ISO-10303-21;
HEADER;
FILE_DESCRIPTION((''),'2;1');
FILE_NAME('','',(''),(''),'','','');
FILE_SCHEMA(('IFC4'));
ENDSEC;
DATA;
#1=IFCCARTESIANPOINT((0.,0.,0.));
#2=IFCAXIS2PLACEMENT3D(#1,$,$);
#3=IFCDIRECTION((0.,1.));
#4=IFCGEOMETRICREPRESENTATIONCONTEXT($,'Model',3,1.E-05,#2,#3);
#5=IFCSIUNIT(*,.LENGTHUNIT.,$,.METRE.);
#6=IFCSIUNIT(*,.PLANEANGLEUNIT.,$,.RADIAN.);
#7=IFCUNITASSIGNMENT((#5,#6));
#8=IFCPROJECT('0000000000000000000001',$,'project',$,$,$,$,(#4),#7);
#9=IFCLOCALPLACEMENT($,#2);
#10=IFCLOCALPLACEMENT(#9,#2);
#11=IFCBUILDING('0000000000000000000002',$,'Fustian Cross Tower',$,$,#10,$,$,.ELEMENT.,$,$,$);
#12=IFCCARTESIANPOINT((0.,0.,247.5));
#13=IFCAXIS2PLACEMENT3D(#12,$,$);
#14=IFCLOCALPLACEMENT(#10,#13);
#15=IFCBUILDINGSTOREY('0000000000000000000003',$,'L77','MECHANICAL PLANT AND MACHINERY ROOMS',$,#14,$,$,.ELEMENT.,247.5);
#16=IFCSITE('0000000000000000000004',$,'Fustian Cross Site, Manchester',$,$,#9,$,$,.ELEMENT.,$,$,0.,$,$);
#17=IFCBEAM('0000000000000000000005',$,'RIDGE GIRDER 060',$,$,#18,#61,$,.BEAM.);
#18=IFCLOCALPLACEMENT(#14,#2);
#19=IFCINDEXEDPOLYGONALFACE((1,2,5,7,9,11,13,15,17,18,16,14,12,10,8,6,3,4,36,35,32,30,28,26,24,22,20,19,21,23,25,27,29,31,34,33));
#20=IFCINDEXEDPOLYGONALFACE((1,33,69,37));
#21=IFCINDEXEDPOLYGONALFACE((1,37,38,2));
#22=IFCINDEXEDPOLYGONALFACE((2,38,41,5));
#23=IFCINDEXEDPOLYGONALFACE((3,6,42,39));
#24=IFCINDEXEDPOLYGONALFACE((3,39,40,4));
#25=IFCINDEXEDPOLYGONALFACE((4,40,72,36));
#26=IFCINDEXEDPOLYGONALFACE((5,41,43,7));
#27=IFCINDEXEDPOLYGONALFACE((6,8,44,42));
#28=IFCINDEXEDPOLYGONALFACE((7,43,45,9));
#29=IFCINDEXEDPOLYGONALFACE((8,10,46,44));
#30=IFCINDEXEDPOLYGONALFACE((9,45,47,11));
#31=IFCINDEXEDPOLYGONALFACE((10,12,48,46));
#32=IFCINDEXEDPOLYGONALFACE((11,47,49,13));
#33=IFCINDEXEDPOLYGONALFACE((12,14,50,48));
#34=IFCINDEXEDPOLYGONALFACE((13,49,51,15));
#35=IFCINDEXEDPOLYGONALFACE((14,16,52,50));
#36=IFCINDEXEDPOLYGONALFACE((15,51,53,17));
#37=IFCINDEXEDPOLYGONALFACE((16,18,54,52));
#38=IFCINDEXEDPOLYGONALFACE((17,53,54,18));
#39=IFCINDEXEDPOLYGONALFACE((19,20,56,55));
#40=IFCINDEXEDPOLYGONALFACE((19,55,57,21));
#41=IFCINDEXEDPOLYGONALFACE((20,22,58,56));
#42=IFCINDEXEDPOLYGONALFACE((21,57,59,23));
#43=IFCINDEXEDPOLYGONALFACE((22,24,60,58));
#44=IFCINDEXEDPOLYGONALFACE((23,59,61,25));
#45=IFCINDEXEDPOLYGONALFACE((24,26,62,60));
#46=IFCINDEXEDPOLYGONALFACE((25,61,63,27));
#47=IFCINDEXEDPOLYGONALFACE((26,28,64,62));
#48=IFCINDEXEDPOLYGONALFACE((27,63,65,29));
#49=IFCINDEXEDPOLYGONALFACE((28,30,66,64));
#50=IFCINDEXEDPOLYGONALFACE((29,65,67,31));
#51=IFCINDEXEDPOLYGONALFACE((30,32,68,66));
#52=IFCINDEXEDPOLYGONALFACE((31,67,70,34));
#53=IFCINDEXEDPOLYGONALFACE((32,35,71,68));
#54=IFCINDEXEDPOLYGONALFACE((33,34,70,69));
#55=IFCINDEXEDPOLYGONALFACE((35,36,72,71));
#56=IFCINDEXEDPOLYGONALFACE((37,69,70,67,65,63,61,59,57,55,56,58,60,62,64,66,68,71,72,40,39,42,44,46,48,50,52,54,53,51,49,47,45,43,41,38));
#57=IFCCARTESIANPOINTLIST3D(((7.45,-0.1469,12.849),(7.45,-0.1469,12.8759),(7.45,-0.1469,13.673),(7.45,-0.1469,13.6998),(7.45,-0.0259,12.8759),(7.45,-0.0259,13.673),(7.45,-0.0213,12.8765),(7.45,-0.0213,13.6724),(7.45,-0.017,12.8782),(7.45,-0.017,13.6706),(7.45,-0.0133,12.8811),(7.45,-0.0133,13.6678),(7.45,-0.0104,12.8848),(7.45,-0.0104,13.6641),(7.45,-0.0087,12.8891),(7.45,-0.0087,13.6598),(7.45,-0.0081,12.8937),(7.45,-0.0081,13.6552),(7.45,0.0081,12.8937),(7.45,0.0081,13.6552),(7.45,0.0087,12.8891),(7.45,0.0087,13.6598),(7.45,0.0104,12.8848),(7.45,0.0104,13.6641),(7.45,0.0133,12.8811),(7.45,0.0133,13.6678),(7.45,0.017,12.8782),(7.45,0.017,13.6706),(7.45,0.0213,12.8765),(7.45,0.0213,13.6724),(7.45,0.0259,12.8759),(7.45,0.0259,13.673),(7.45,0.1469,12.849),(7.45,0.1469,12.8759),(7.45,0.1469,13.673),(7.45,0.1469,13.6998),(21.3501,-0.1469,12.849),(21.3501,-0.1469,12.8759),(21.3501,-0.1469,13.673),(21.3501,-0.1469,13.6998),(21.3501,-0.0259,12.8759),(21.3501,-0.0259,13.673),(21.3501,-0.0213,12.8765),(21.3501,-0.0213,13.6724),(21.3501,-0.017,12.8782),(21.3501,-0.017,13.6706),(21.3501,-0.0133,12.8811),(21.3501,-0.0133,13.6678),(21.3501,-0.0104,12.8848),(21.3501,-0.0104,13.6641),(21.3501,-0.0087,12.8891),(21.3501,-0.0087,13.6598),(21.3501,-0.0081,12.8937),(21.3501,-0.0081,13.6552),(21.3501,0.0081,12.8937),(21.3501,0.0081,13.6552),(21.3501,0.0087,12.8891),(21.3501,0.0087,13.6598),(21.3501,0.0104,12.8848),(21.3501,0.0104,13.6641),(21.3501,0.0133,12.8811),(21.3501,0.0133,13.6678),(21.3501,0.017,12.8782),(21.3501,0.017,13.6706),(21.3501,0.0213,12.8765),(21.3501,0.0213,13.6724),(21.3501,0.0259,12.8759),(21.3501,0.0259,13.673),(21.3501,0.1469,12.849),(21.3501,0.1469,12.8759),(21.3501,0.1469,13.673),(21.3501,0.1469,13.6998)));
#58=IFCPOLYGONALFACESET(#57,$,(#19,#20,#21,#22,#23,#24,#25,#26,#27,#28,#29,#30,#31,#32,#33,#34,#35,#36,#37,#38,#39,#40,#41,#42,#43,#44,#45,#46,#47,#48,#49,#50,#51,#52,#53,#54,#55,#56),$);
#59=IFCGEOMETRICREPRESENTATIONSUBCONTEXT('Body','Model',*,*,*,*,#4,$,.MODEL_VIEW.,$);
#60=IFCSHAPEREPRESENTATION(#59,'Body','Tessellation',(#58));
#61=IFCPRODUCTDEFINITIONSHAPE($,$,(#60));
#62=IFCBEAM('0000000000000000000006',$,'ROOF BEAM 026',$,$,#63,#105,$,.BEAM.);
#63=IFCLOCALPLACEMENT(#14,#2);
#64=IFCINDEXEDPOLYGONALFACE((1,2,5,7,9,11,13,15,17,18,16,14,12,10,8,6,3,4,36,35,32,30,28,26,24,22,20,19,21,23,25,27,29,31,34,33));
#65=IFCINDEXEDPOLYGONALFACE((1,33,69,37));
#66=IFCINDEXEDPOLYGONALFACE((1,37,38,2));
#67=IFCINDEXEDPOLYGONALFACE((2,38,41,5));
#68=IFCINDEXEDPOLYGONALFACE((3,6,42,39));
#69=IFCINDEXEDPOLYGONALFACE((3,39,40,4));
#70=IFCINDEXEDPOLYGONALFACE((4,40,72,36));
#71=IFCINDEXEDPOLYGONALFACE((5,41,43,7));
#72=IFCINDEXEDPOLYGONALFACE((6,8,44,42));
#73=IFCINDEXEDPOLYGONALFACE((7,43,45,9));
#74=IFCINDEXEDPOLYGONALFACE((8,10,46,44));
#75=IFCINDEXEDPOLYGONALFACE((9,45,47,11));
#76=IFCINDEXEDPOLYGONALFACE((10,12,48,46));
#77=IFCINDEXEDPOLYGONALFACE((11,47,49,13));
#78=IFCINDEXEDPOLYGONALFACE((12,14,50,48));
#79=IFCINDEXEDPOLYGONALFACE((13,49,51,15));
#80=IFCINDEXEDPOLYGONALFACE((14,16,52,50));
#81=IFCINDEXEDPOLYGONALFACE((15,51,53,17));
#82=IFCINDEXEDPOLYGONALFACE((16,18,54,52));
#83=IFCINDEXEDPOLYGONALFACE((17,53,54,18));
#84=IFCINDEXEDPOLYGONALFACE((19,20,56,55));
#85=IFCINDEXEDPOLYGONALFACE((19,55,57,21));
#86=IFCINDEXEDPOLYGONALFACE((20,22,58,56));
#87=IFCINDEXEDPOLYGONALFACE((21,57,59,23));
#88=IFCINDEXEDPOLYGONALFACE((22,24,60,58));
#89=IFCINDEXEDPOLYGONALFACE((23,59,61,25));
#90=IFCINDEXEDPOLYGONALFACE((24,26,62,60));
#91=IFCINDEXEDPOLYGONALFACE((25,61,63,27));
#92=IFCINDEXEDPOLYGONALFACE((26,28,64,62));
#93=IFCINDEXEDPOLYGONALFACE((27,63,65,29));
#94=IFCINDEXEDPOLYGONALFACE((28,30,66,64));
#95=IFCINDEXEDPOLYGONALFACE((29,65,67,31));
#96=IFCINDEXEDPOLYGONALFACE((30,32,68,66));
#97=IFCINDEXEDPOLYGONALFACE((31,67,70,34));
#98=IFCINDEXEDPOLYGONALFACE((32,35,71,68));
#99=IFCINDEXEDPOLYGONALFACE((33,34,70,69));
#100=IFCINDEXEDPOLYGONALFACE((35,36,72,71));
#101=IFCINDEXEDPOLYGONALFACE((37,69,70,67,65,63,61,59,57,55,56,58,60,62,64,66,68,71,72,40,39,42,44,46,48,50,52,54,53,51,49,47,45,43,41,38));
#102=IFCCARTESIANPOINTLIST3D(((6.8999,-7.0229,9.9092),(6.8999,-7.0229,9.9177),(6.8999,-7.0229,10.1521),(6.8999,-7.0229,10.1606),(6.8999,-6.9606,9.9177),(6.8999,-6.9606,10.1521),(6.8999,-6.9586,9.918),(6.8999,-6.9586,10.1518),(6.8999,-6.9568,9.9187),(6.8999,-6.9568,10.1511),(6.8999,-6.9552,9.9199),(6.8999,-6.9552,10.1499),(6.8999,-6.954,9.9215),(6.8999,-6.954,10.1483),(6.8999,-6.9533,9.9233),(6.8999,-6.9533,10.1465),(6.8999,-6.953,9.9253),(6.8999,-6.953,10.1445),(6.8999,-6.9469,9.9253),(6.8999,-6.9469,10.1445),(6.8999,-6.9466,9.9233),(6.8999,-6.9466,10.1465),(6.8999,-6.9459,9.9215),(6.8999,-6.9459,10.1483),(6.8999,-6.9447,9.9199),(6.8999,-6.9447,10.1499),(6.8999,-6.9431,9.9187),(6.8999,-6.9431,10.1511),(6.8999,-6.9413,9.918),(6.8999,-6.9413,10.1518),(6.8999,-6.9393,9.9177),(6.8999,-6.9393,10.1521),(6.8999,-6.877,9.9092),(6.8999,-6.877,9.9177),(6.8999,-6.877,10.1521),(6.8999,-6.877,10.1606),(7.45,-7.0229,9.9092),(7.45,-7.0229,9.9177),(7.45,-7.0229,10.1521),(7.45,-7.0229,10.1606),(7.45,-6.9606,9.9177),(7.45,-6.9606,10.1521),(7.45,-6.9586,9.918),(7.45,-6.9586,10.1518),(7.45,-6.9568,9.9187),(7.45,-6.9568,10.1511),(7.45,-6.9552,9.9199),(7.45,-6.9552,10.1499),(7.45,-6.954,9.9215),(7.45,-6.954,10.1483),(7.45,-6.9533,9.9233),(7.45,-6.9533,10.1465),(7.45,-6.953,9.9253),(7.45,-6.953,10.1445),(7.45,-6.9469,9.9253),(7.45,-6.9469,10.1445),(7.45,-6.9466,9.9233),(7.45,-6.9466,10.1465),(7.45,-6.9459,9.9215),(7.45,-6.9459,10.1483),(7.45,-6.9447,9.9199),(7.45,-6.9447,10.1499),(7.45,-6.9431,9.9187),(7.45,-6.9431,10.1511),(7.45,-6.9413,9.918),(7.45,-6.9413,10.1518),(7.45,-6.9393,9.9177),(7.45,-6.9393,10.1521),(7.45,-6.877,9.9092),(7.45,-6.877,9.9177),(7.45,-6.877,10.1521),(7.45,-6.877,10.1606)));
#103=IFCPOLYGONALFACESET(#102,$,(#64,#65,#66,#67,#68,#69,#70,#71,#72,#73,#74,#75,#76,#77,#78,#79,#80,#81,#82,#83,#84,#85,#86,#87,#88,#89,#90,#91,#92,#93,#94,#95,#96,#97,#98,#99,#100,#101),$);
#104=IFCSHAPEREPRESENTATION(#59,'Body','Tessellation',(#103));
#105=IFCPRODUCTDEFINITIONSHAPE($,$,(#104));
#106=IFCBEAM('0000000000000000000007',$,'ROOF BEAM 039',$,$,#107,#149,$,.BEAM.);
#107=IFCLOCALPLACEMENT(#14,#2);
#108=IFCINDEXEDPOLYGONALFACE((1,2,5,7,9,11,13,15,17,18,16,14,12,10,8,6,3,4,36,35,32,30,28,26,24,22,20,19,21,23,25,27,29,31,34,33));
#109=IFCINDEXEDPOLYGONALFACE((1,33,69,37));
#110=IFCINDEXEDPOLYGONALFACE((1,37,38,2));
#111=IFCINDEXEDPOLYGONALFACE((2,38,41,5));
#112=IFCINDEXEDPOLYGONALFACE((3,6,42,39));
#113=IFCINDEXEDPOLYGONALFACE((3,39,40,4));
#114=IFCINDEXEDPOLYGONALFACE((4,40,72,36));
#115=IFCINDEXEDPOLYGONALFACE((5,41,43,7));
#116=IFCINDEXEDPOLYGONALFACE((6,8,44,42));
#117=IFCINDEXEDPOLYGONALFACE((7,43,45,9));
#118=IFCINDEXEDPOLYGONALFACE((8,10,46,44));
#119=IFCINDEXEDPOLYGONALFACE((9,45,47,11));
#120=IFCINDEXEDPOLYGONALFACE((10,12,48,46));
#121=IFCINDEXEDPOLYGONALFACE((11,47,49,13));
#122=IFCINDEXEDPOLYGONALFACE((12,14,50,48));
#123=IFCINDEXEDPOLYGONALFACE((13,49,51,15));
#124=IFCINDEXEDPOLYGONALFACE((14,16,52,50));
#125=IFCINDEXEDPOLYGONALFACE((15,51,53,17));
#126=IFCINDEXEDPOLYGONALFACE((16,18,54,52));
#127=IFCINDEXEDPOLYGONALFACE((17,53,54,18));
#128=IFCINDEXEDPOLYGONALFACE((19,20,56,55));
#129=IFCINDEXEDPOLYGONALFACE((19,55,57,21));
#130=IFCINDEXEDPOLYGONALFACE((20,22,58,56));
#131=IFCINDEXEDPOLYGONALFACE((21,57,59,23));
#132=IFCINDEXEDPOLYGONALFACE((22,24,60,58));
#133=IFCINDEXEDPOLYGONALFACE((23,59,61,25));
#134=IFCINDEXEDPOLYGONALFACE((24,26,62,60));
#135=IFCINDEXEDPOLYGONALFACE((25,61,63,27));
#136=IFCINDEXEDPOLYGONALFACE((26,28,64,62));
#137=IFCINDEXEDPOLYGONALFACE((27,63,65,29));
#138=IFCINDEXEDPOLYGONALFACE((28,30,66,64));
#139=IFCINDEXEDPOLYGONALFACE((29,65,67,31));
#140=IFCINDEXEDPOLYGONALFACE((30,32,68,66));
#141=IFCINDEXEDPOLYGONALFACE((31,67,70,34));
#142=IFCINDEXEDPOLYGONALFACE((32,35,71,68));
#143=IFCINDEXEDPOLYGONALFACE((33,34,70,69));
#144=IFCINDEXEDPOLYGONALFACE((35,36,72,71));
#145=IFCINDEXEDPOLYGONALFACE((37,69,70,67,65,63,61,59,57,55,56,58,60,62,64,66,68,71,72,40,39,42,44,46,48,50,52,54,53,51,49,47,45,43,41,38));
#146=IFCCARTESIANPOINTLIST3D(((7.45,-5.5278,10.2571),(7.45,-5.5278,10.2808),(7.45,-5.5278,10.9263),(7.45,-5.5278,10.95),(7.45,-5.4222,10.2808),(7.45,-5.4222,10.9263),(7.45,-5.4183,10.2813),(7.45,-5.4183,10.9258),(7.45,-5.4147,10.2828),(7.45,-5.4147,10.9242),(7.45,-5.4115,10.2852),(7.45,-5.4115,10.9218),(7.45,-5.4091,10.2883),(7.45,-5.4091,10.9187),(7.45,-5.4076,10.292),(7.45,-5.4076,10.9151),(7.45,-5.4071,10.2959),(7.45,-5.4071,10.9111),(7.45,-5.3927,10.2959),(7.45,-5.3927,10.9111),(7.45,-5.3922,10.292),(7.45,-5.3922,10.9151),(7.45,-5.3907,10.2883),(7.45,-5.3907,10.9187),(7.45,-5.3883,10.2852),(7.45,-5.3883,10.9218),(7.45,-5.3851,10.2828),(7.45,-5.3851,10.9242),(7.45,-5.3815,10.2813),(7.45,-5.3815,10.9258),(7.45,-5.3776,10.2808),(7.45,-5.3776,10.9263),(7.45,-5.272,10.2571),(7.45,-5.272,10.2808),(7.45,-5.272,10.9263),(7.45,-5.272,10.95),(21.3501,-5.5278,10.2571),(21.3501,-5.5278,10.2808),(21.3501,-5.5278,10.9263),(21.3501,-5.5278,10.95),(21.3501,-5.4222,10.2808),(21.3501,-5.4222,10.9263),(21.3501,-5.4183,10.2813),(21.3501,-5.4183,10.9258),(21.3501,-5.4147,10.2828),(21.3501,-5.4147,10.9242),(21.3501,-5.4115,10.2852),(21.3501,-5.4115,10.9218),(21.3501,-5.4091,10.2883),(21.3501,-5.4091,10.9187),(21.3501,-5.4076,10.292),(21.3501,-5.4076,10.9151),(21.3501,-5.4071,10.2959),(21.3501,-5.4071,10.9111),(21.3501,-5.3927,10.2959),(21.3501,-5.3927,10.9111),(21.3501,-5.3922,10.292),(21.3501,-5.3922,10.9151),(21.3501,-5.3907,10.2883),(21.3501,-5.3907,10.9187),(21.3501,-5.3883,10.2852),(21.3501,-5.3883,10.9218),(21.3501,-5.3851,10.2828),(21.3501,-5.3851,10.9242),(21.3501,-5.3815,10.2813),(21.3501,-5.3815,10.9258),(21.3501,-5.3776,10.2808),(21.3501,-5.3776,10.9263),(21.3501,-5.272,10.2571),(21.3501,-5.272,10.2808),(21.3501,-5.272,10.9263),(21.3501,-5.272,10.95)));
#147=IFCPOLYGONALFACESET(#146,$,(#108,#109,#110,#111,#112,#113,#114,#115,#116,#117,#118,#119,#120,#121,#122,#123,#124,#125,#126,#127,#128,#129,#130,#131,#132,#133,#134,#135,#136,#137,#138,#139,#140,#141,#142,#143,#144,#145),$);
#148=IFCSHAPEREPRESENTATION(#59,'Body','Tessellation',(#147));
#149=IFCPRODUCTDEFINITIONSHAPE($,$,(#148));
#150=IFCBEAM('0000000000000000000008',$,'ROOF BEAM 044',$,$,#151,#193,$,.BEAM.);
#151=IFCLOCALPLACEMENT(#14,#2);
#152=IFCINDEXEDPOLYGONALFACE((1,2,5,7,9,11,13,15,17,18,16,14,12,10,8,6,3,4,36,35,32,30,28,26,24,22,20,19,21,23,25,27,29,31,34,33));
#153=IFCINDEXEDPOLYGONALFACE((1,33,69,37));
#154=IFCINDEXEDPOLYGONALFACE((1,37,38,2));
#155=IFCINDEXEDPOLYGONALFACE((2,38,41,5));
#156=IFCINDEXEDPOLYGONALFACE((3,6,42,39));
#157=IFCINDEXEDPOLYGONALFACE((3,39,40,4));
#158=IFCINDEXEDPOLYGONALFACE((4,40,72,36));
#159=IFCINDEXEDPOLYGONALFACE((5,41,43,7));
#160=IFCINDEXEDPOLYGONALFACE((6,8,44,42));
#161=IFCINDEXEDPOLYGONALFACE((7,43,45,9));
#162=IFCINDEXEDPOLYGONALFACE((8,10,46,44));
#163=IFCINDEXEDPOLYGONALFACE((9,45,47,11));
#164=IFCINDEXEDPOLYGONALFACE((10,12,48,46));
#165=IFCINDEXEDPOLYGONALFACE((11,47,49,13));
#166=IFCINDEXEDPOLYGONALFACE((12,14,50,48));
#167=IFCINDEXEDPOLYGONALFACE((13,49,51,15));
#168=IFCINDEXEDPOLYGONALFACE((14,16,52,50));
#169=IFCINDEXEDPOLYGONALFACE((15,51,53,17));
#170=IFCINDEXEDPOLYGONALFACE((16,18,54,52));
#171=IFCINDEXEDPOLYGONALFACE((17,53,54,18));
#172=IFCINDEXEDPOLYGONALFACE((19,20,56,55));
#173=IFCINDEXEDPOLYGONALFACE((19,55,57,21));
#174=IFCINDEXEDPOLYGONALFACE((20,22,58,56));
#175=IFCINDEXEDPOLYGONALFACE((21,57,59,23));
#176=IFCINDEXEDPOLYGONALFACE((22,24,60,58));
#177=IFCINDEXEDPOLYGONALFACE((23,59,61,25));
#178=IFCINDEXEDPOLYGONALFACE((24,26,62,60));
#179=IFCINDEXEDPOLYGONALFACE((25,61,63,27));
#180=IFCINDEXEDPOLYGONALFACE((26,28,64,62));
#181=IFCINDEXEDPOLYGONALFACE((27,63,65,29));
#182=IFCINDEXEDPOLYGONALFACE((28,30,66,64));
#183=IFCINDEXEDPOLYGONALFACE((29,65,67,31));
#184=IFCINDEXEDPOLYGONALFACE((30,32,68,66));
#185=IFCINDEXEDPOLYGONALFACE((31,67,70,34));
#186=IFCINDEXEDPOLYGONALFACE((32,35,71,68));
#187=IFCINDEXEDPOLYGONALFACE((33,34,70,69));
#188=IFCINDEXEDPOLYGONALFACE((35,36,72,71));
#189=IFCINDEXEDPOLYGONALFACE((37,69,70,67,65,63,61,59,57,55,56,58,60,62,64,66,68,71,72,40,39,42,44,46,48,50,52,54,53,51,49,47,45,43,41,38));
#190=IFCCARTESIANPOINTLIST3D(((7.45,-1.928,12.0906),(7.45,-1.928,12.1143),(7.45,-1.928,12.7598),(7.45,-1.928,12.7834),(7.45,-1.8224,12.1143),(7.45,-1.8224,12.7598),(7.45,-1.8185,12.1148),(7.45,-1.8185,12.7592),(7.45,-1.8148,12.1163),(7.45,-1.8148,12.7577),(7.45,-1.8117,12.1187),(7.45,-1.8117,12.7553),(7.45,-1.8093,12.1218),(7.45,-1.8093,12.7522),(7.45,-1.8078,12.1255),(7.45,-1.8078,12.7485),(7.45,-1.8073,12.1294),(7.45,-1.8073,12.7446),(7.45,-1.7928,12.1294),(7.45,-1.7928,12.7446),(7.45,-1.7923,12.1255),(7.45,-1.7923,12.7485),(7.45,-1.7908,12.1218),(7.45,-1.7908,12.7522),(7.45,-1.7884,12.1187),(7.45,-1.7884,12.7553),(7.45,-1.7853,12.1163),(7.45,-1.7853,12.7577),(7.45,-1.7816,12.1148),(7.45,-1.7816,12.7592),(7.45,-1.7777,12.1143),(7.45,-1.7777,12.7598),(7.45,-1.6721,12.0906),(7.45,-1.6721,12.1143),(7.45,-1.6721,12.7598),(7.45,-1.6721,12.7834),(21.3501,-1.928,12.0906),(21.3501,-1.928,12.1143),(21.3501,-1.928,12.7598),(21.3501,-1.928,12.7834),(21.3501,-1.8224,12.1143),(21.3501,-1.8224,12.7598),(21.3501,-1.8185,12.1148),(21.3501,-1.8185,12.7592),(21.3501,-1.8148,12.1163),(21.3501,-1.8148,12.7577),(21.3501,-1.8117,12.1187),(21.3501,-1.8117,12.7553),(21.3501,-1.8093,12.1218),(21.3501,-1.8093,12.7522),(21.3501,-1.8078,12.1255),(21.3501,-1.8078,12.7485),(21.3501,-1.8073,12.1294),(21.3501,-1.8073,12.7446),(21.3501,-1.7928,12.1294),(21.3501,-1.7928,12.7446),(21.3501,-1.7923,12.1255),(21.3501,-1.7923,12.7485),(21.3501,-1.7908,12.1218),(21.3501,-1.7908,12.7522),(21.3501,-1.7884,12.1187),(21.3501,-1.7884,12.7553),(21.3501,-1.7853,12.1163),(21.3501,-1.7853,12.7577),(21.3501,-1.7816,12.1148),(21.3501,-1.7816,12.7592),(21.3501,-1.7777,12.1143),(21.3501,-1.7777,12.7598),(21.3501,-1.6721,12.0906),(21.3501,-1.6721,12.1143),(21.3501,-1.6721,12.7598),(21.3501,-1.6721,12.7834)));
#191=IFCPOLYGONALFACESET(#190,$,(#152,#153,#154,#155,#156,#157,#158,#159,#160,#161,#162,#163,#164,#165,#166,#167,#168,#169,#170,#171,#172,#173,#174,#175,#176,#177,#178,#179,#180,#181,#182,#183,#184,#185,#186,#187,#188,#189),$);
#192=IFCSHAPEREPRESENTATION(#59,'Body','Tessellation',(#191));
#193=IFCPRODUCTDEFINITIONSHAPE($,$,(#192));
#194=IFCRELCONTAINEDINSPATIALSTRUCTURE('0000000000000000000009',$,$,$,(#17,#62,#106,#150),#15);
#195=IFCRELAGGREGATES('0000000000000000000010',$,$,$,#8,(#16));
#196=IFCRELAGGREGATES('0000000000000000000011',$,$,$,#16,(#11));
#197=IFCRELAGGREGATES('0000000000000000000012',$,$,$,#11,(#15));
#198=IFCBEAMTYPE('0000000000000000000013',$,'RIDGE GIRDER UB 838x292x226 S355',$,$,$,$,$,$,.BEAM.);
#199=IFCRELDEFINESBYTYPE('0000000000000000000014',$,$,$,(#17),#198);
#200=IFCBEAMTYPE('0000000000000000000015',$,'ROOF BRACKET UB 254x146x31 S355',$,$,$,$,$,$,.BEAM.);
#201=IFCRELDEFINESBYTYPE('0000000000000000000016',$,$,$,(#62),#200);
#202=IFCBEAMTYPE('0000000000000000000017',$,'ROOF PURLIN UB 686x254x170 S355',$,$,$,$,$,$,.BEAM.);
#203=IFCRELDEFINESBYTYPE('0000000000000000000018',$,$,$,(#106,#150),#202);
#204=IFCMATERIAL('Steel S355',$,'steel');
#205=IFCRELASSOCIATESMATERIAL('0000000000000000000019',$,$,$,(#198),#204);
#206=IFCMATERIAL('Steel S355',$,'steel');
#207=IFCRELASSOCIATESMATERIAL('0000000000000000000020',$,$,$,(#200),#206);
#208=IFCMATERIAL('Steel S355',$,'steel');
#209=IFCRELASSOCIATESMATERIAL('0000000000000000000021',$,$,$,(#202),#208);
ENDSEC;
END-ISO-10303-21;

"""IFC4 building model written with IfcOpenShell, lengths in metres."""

from ifc_helpers import new_model, si_unit, direction, frame, origin, origin_2d, place, context, subcontext, project, spatial, i_section, extrude, material, material_profile, profile_set, type_object, element, save


model = new_model("IFC4")

# Units and contexts
model_context = context("Model", 3, precision=1e-05, world=origin(), true_north=direction((0.0, 1.0)))
body_context = subcontext(model_context, "Body", "Model", "MODEL_VIEW")
ifc_project = project(units=[si_unit("LENGTHUNIT", "METRE"), si_unit("PLANEANGLEUNIT", "RADIAN")], contexts=[model_context])

# Site, building, storey
site_placement = place(None, origin())
site = spatial("IfcSite", under=ifc_project, at=site_placement, Name="Fustian Cross Site, Manchester", CompositionType="ELEMENT", RefElevation=0.0)
building_placement = place(site_placement, origin())
building = spatial("IfcBuilding", under=site, at=building_placement, Name="Fustian Cross Tower", CompositionType="ELEMENT")
storey_placement = place(building_placement, frame((0.0, 0.0, 247.5)))
storey = spatial("IfcBuildingStorey", under=building, at=storey_placement, Name="L77", Description="MECHANICAL PLANT AND MACHINERY ROOMS", CompositionType="ELEMENT", Elevation=247.5)

# Beams
ifc_material_1 = material(Name="Steel S355", Category="steel")
ifc_material_profile_1 = material_profile(ifc_material_1, i_section(OverallWidth=0.2937, OverallDepth=0.8508, WebThickness=0.0161, FlangeThickness=0.0269, FilletRadius=0.0178, at=origin_2d()), Name="UB 838x292x226")
ifc_profile_set_1 = profile_set([ifc_material_profile_1], Name="Steel S355")
beam_type_1 = type_object("IfcBeamType", Name="RIDGE GIRDER UB 838x292x226 S355", PredefinedType="BEAM", material=ifc_profile_set_1)
beam_1_placement = place(storey_placement, frame((7.45, 0.0, 13.2744), z_axis=(1.0, 0.0, 0.0), x_axis=(0.0, 1.0, 0.0)))
element("IfcBeam", 1, at=beam_1_placement, inside=storey, type_object=beam_type_1, Name="RIDGE GIRDER 060", PredefinedType="BEAM", context=body_context, shape_type="SweptSolid", body=[
    extrude(i_section(OverallWidth=0.2937, OverallDepth=0.8508, WebThickness=0.0161, FlangeThickness=0.0269, FilletRadius=0.0178, at=origin_2d()), origin(), (0.0, 0.0, 1.0), 13.9001),
])
ifc_material_2 = material(Name="Steel S355", Category="steel")
ifc_material_profile_2 = material_profile(ifc_material_2, i_section(OverallWidth=0.146, OverallDepth=0.2515, WebThickness=0.0061, FlangeThickness=0.0085, FilletRadius=0.0076, at=origin_2d()), Name="UB 254x146x31")
ifc_profile_set_2 = profile_set([ifc_material_profile_2], Name="Steel S355")
beam_type_2 = type_object("IfcBeamType", Name="ROOF BRACKET UB 254x146x31 S355", PredefinedType="BEAM", material=ifc_profile_set_2)
beam_2_placement = place(storey_placement, frame((6.8999, -6.95, 10.0349), z_axis=(1.0, 0.0, 0.0), x_axis=(0.0, 1.0, 0.0)))
element("IfcBeam", 2, at=beam_2_placement, inside=storey, type_object=beam_type_2, Name="ROOF BEAM 026", PredefinedType="BEAM", context=body_context, shape_type="SweptSolid", body=[
    extrude(i_section(OverallWidth=0.146, OverallDepth=0.2515, WebThickness=0.0061, FlangeThickness=0.0085, FilletRadius=0.0076, at=origin_2d()), origin(), (0.0, 0.0, 1.0), 0.55),
])
ifc_material_3 = material(Name="Steel S355", Category="steel")
ifc_material_profile_3 = material_profile(ifc_material_3, i_section(OverallWidth=0.2559, OverallDepth=0.6929, WebThickness=0.0144, FlangeThickness=0.0237, FilletRadius=0.0151, at=origin_2d()), Name="UB 686x254x170")
ifc_profile_set_3 = profile_set([ifc_material_profile_3], Name="Steel S355")
beam_type_3 = type_object("IfcBeamType", Name="ROOF PURLIN UB 686x254x170 S355", PredefinedType="BEAM", material=ifc_profile_set_3)
for number, where, z_axis, x_axis, name in (
    (3, (7.45, -5.3999, 10.6035), (1.0, 0.0, 0.0), (0.0, 1.0, 0.0), "ROOF BEAM 039"),
    (4, (7.45, -1.8, 12.437), (1.0, 0.0, 0.0), (0.0, 1.0, 0.0), "ROOF BEAM 044"),
):
    element("IfcBeam", number, at=place(storey_placement, frame(where, z_axis=z_axis, x_axis=x_axis)), inside=storey, type_object=beam_type_3, Name=name, PredefinedType="BEAM", context=body_context, shape_type="SweptSolid", body=[
        extrude(i_section(OverallWidth=0.2559, OverallDepth=0.6929, WebThickness=0.0144, FlangeThickness=0.0237, FilletRadius=0.0151, at=origin_2d()), origin(), (0.0, 0.0, 1.0), 13.9001),
    ])

save(model, "model.ifc")
